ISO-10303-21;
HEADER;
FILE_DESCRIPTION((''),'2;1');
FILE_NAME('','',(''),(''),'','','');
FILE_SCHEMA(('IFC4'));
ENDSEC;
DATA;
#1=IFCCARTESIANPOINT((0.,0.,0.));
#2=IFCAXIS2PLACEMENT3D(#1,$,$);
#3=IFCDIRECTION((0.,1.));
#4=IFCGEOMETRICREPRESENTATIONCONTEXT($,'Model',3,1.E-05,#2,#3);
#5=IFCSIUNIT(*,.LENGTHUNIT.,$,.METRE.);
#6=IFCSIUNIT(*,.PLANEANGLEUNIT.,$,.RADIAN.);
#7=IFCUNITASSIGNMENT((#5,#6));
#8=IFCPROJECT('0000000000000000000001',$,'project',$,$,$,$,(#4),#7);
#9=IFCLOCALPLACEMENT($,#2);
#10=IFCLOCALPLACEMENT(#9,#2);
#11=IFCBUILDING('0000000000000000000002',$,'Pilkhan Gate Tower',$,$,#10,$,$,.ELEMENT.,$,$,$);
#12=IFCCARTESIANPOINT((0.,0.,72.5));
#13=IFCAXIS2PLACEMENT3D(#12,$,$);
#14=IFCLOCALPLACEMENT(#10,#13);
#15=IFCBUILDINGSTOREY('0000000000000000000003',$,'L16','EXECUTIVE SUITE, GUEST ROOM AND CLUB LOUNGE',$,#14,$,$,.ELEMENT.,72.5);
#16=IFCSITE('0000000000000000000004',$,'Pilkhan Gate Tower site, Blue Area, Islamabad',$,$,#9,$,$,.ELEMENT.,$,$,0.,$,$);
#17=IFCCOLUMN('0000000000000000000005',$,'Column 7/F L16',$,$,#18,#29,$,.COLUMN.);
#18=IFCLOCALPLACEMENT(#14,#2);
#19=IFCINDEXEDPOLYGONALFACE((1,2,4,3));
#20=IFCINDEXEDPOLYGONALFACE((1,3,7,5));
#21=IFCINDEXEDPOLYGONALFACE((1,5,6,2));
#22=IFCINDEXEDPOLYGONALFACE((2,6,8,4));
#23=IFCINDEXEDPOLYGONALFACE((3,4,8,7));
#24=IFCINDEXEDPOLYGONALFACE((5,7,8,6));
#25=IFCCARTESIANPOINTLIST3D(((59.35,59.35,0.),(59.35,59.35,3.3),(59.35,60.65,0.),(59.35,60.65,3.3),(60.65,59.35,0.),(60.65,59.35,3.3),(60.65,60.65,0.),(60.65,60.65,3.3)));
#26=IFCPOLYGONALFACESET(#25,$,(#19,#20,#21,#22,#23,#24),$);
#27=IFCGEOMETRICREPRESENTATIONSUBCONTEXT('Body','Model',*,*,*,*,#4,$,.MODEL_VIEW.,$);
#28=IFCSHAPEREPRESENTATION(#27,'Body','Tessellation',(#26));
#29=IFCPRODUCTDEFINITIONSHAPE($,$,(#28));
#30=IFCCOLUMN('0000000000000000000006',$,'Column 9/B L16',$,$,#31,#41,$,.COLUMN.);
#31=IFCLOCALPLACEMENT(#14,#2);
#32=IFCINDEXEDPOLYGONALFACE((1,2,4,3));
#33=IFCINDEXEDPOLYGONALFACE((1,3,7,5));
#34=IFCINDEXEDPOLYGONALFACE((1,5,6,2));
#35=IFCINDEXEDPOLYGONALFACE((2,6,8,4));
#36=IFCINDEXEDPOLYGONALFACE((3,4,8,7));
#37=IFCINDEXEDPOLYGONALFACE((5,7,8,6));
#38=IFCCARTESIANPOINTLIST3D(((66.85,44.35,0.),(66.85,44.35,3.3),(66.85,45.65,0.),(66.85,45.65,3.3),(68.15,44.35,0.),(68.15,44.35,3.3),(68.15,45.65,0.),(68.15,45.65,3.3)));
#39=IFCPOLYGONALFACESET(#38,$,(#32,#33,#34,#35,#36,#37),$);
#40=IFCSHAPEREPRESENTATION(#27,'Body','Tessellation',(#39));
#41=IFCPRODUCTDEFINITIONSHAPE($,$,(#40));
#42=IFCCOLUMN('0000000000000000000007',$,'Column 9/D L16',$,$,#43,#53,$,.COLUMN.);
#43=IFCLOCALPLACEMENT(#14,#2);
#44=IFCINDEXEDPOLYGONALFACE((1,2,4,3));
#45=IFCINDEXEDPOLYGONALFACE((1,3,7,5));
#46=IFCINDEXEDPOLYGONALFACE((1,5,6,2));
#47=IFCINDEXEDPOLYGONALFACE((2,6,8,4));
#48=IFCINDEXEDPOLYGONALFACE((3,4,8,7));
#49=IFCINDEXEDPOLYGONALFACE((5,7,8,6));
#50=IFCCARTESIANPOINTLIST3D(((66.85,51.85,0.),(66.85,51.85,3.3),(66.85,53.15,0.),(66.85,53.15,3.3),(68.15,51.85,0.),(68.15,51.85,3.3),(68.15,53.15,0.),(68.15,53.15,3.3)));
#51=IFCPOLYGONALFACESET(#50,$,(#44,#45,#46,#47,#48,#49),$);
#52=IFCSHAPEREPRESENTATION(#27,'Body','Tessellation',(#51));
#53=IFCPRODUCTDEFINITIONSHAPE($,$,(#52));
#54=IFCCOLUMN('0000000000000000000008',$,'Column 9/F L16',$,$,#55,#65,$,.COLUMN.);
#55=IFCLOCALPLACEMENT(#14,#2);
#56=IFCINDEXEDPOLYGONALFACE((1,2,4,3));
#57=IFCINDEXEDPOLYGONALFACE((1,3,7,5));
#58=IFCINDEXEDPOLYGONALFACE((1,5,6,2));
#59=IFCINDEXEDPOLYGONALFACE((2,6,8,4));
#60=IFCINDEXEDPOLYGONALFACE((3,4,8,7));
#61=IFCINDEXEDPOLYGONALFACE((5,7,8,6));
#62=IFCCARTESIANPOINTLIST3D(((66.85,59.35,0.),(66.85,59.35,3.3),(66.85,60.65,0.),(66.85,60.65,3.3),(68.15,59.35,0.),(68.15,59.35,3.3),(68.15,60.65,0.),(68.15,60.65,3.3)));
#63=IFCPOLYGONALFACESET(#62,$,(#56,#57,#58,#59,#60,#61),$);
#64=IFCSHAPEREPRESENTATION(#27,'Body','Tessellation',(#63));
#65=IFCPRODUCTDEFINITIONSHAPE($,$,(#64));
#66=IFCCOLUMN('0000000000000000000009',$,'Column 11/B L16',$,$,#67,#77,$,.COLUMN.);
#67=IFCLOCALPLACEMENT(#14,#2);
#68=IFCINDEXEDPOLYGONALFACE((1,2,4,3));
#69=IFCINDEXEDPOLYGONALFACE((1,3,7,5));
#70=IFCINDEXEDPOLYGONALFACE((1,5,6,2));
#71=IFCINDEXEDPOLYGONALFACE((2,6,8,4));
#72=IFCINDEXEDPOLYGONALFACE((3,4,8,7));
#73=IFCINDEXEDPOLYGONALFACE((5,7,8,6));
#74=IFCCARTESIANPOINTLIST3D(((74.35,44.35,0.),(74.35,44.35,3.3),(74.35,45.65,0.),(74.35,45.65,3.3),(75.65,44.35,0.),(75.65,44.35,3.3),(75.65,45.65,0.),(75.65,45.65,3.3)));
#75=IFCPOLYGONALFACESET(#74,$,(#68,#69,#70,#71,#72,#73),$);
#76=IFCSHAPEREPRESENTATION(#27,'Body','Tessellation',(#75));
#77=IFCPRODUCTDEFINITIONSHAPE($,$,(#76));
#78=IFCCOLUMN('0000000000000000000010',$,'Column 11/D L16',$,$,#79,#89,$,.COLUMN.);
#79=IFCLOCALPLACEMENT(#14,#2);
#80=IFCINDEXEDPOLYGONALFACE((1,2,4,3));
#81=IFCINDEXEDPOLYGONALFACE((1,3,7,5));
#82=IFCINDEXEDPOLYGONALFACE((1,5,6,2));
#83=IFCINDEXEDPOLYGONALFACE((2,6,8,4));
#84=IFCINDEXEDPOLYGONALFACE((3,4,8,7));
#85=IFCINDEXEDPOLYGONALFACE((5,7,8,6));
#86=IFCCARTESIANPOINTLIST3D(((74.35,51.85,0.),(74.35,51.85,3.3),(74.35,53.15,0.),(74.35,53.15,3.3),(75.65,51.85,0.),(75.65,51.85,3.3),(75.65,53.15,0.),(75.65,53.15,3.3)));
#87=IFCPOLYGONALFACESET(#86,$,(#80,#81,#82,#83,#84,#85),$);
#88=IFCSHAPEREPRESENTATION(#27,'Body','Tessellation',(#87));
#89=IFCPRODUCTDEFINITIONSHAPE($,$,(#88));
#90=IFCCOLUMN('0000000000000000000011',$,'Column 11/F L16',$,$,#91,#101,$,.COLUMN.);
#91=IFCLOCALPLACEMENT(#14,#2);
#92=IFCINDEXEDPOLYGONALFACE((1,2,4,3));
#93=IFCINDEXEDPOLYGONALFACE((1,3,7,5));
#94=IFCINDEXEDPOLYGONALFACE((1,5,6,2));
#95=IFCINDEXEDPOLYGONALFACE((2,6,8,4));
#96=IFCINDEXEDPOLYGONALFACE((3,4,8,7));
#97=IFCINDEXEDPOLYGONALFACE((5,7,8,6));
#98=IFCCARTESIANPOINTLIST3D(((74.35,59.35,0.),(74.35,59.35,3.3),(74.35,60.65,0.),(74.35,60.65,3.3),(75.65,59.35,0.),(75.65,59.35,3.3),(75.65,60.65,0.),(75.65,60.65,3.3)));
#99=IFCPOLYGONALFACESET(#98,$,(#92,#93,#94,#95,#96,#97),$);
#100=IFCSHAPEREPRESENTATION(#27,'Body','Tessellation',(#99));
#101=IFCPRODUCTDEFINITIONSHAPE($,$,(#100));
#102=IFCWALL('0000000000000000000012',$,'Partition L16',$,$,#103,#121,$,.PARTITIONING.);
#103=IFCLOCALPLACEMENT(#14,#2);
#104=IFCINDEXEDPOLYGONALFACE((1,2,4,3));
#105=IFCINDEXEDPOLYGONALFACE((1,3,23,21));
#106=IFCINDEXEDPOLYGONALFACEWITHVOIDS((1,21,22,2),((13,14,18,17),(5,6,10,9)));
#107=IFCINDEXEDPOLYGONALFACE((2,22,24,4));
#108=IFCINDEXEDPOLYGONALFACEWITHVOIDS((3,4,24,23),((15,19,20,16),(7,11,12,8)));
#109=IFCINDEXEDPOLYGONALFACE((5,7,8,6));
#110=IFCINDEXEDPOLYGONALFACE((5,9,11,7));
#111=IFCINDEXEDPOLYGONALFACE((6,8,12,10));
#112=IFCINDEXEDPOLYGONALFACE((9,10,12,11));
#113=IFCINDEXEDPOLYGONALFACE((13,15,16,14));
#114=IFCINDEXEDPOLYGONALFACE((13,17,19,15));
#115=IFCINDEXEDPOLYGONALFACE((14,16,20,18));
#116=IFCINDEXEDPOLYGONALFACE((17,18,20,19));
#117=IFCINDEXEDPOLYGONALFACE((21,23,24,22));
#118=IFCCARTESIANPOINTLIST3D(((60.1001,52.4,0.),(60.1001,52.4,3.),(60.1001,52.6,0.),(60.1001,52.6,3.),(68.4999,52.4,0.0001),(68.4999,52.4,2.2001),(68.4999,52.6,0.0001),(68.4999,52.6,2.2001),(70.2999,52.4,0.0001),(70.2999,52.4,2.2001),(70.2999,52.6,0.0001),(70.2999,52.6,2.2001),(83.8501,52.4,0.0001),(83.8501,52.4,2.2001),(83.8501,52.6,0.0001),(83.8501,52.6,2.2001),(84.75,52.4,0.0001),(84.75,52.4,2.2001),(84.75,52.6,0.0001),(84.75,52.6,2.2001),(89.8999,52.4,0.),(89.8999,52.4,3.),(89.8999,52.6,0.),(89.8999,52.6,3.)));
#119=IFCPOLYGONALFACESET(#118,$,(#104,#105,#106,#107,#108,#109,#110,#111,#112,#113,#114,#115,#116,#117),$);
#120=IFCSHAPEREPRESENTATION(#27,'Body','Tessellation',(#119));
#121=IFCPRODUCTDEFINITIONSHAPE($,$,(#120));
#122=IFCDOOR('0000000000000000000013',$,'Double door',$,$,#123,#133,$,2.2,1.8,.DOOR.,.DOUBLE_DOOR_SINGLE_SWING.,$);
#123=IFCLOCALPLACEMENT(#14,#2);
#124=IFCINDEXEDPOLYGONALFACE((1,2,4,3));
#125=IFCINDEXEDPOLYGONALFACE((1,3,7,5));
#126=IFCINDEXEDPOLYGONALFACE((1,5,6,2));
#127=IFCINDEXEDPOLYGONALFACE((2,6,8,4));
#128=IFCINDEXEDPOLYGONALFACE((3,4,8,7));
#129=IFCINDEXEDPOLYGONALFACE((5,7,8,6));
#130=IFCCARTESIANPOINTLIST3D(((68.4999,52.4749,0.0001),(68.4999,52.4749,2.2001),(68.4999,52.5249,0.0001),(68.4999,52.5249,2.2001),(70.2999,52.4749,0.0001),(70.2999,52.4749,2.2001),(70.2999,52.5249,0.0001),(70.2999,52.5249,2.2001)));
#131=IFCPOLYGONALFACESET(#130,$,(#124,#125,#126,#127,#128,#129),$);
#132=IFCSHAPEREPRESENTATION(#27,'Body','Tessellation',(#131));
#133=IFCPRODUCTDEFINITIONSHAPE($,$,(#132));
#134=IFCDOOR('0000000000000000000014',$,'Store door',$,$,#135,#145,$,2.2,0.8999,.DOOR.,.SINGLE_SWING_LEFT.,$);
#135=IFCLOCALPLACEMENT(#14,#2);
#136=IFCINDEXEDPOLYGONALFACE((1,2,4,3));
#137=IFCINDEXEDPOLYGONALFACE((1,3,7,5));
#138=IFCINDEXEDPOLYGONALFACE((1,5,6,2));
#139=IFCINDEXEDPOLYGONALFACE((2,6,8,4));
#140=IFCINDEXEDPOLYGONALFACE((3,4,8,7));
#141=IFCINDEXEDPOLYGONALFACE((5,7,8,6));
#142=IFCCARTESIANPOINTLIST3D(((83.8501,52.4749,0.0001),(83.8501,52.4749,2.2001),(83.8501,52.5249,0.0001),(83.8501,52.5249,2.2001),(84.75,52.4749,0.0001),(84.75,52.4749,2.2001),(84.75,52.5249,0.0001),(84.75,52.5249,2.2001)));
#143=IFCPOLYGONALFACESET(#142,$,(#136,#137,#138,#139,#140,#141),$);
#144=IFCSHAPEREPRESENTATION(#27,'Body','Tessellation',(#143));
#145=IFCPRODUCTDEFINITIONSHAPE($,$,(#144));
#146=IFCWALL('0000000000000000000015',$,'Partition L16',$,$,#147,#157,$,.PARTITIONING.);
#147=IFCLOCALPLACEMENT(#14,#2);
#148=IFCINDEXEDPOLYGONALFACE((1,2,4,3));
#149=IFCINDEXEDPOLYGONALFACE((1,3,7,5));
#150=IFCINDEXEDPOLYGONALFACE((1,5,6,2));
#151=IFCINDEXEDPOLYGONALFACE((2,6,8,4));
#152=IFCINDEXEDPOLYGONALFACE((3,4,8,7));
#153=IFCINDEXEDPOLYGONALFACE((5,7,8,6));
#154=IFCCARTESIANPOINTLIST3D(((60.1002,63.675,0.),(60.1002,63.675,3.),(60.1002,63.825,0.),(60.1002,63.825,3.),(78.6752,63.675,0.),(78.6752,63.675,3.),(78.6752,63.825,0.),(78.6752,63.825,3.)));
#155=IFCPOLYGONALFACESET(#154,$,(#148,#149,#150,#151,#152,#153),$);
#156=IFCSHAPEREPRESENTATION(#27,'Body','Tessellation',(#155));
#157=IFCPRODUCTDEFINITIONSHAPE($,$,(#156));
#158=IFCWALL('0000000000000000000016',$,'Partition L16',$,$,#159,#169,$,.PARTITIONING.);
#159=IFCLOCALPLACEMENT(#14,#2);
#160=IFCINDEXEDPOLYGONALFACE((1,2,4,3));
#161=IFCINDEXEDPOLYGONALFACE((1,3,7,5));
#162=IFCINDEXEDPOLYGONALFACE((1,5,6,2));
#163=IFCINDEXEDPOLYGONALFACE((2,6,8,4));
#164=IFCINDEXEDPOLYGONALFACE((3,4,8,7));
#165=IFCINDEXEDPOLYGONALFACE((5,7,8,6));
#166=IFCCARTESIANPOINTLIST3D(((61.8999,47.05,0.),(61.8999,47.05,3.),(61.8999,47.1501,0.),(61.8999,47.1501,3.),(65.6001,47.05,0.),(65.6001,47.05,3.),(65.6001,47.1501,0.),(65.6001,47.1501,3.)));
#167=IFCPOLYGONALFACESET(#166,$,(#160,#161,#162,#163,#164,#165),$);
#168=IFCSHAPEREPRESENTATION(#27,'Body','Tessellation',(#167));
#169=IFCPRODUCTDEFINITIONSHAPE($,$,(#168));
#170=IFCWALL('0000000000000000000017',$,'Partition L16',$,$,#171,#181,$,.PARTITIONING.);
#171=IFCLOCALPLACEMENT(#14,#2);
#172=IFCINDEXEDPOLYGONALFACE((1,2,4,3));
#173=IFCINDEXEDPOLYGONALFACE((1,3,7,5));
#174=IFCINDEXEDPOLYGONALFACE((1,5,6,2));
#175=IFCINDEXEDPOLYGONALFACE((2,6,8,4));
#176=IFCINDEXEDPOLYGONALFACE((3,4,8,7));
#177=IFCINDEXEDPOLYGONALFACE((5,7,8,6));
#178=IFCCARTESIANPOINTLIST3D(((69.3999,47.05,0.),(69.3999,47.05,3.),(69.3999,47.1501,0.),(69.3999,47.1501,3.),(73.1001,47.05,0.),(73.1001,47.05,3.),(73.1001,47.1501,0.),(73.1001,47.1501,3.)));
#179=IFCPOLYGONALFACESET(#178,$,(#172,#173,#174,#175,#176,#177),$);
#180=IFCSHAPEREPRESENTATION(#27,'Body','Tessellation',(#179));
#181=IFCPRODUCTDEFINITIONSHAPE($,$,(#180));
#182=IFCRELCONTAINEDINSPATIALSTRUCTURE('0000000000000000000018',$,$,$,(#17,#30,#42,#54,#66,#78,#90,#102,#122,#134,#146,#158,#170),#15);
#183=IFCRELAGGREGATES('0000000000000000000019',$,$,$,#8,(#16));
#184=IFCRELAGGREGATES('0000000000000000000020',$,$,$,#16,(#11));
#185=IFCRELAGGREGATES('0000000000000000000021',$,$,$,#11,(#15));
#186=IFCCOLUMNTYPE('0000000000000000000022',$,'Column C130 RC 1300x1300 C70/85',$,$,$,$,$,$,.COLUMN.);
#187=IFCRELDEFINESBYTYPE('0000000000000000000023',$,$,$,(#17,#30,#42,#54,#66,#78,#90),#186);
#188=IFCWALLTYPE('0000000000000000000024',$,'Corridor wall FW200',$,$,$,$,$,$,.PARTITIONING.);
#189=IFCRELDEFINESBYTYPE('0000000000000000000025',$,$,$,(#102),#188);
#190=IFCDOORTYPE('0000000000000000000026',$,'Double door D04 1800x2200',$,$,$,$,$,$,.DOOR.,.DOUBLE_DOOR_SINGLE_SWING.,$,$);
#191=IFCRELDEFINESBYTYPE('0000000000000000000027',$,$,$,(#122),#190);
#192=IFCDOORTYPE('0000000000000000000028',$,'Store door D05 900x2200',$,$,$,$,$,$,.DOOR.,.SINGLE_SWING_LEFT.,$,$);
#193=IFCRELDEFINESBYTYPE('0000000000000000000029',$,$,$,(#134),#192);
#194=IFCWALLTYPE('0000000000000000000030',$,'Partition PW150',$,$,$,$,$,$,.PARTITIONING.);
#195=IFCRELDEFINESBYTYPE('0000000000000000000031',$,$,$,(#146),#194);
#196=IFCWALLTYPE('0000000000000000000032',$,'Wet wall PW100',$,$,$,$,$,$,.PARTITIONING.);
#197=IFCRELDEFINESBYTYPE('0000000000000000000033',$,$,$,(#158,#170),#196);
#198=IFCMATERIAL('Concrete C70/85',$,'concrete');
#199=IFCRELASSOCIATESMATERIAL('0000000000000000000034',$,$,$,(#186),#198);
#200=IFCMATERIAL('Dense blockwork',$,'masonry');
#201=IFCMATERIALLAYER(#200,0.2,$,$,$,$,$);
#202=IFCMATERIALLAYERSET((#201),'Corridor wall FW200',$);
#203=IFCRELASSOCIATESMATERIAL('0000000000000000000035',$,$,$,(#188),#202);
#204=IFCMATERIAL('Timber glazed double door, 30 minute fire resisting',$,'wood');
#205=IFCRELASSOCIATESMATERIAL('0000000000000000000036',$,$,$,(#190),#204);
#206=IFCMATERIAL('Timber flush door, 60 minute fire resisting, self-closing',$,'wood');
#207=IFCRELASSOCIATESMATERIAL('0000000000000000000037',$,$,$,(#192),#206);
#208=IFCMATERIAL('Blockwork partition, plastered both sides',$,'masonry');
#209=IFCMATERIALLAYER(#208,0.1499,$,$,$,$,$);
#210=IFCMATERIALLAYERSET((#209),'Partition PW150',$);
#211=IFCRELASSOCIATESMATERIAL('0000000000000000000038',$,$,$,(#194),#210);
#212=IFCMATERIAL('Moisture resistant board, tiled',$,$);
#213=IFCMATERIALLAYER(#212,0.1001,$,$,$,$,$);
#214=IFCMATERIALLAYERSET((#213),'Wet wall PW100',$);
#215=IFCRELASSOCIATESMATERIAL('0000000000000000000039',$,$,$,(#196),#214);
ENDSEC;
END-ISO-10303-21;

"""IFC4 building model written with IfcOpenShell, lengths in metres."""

from ifc_helpers import new_model, si_unit, direction, frame, frame_2d, origin, origin_2d, place, context, subcontext, project, spatial, rectangle, extrude, material, layer, layer_set, material_profile, profile_set, type_object, element, fill, save


model = new_model("IFC4")

# Units and contexts
model_context = context("Model", 3, precision=1e-05, world=origin(), true_north=direction((0.0, 1.0)))
body_context = subcontext(model_context, "Body", "Model", "MODEL_VIEW")
ifc_project = project(units=[si_unit("LENGTHUNIT", "METRE"), si_unit("PLANEANGLEUNIT", "RADIAN")], contexts=[model_context])

# Site, building, storey
site_placement = place(None, origin())
site = spatial("IfcSite", under=ifc_project, at=site_placement, Name="Pilkhan Gate Tower site, Blue Area, Islamabad", CompositionType="ELEMENT", RefElevation=0.0)
building_placement = place(site_placement, origin())
building = spatial("IfcBuilding", under=site, at=building_placement, Name="Pilkhan Gate Tower", CompositionType="ELEMENT")
storey_placement = place(building_placement, frame((0.0, 0.0, 72.5)))
storey = spatial("IfcBuildingStorey", under=building, at=storey_placement, Name="L16", Description="EXECUTIVE SUITE, GUEST ROOM AND CLUB LOUNGE", CompositionType="ELEMENT", Elevation=72.5)

# Columns
ifc_material_1 = material(Name="Concrete C70/85", Category="concrete")
ifc_material_profile = material_profile(ifc_material_1, rectangle(XDim=1.3, YDim=1.3, at=origin_2d()), Name="RC 1300x1300")
ifc_profile_set = profile_set([ifc_material_profile], Name="Concrete C70/85")
column_type = type_object("IfcColumnType", Name="Column C130 RC 1300x1300 C70/85", PredefinedType="COLUMN", material=ifc_profile_set)
for number, where, z_axis, x_axis, name in (
    (1, (60.0, 60.0, 0.0), (0.0, 0.0, 1.0), (1.0, 0.0, 0.0), "Column 7/F L16"),
    (2, (67.5, 45.0, 0.0), (0.0, 0.0, 1.0), (1.0, 0.0, 0.0), "Column 9/B L16"),
    (3, (67.5, 52.5, 0.0), (0.0, 0.0, 1.0), (1.0, 0.0, 0.0), "Column 9/D L16"),
    (4, (67.5, 60.0, 0.0), (0.0, 0.0, 1.0), (1.0, 0.0, 0.0), "Column 9/F L16"),
    (5, (75.0, 45.0, 0.0), (0.0, 0.0, 1.0), (1.0, 0.0, 0.0), "Column 11/B L16"),
    (6, (75.0, 52.5, 0.0), (0.0, 0.0, 1.0), (1.0, 0.0, 0.0), "Column 11/D L16"),
    (7, (75.0, 60.0, 0.0), (0.0, 0.0, 1.0), (1.0, 0.0, 0.0), "Column 11/F L16"),
):
    element("IfcColumn", number, at=place(storey_placement, frame(where, z_axis=z_axis, x_axis=x_axis)), inside=storey, type_object=column_type, Name=name, PredefinedType="COLUMN", context=body_context, shape_type="SweptSolid", body=[
        extrude(rectangle(XDim=1.3, YDim=1.3, at=origin_2d()), origin(), (0.0, 0.0, 1.0), 3.3),
    ])

# Wall, openings, doors
ifc_material_2 = material(Name="Dense blockwork", Category="masonry")
ifc_layer_1 = layer(ifc_material_2, 0.2)
ifc_layer_set_1 = layer_set([ifc_layer_1], Name="Corridor wall FW200")
wall_type_1 = type_object("IfcWallType", Name="Corridor wall FW200", PredefinedType="PARTITIONING", material=ifc_layer_set_1)
wall_1_placement = place(storey_placement, frame((60.1001, 52.5, 0.0), z_axis=(0.0, 0.0, 1.0), x_axis=(1.0, 0.0, 0.0)))
wall_1 = element("IfcWall", 8, at=wall_1_placement, inside=storey, type_object=wall_type_1, Name="Partition L16", PredefinedType="PARTITIONING", context=body_context, shape_type="SweptSolid", body=[
    extrude(rectangle(XDim=29.7998, YDim=0.2, at=frame_2d((14.8999, 0.0))), origin(), (0.0, 0.0, 1.0), 3.0),
])
opening_1_placement = place(wall_1_placement, frame((8.3999, 0.0, 0.0)))
opening_1 = element("IfcOpeningElement", 9, at=opening_1_placement, cuts=wall_1, PredefinedType="OPENING", context=body_context, shape_type="SweptSolid", body=[
    extrude(rectangle(XDim=1.8, YDim=2.2, at=frame_2d((0.8999, 1.1001))), frame((0.0, 0.1099, 0.0), z_axis=(0.0, -1.0, 0.0), x_axis=(1.0, 0.0, 0.0)), (0.0, 0.0, 1.0), 0.22),
])
opening_2_placement = place(wall_1_placement, frame((23.75, 0.0, 0.0)))
opening_2 = element("IfcOpeningElement", 10, at=opening_2_placement, cuts=wall_1, PredefinedType="OPENING", context=body_context, shape_type="SweptSolid", body=[
    extrude(rectangle(XDim=0.8999, YDim=2.2, at=frame_2d((0.45, 1.1001))), frame((0.0, 0.1099, 0.0), z_axis=(0.0, -1.0, 0.0), x_axis=(1.0, 0.0, 0.0)), (0.0, 0.0, 1.0), 0.22),
])
ifc_material_3 = material(Name="Timber glazed double door, 30 minute fire resisting", Category="wood")
door_type_1 = type_object("IfcDoorType", Name="Double door D04 1800x2200", OperationType="DOUBLE_DOOR_SINGLE_SWING", PredefinedType="DOOR", material=ifc_material_3)
door_1_placement = place(opening_1_placement, origin())
door_1 = element("IfcDoor", 11, at=door_1_placement, inside=storey, type_object=door_type_1, Name="Double door", OperationType="DOUBLE_DOOR_SINGLE_SWING", OverallHeight=2.2, OverallWidth=1.8, PredefinedType="DOOR", context=body_context, shape_type="SweptSolid", body=[
    extrude(rectangle(XDim=1.8, YDim=2.2, at=frame_2d((0.8999, 1.1001))), frame((0.0, 0.0249, 0.0), z_axis=(0.0, -1.0, 0.0), x_axis=(1.0, 0.0, 0.0)), (0.0, 0.0, 1.0), 0.05),
])
fill(opening_1, door_1)
ifc_material_4 = material(Name="Timber flush door, 60 minute fire resisting, self-closing", Category="wood")
door_type_2 = type_object("IfcDoorType", Name="Store door D05 900x2200", OperationType="SINGLE_SWING_LEFT", PredefinedType="DOOR", material=ifc_material_4)
door_2_placement = place(opening_2_placement, origin())
door_2 = element("IfcDoor", 12, at=door_2_placement, inside=storey, type_object=door_type_2, Name="Store door", OperationType="SINGLE_SWING_LEFT", OverallHeight=2.2, OverallWidth=0.8999, PredefinedType="DOOR", context=body_context, shape_type="SweptSolid", body=[
    extrude(rectangle(XDim=0.8999, YDim=2.2, at=frame_2d((0.45, 1.1001))), frame((0.0, 0.0249, 0.0), z_axis=(0.0, -1.0, 0.0), x_axis=(1.0, 0.0, 0.0)), (0.0, 0.0, 1.0), 0.05),
])
fill(opening_2, door_2)

# Walls
ifc_material_5 = material(Name="Blockwork partition, plastered both sides", Category="masonry")
ifc_layer_2 = layer(ifc_material_5, 0.1499)
ifc_layer_set_2 = layer_set([ifc_layer_2], Name="Partition PW150")
wall_type_2 = type_object("IfcWallType", Name="Partition PW150", PredefinedType="PARTITIONING", material=ifc_layer_set_2)
wall_2_placement = place(storey_placement, frame((60.1001, 63.75, 0.0), z_axis=(0.0, 0.0, 1.0), x_axis=(1.0, 0.0, 0.0)))
element("IfcWall", 13, at=wall_2_placement, inside=storey, type_object=wall_type_2, Name="Partition L16", PredefinedType="PARTITIONING", context=body_context, shape_type="SweptSolid", body=[
    extrude(rectangle(XDim=18.575, YDim=0.1499, at=frame_2d((9.2876, 0.0))), origin(), (0.0, 0.0, 1.0), 3.0),
])
ifc_material_6 = material(Name="Moisture resistant board, tiled")
ifc_layer_3 = layer(ifc_material_6, 0.1001)
ifc_layer_set_3 = layer_set([ifc_layer_3], Name="Wet wall PW100")
wall_type_3 = type_object("IfcWallType", Name="Wet wall PW100", PredefinedType="PARTITIONING", material=ifc_layer_set_3)
for number, where, z_axis, x_axis, name in (
    (14, (61.8999, 47.1001, 0.0), (0.0, 0.0, 1.0), (1.0, 0.0, 0.0), "Partition L16"),
    (15, (69.3999, 47.1001, 0.0), (0.0, 0.0, 1.0), (1.0, 0.0, 0.0), "Partition L16"),
):
    element("IfcWall", number, at=place(storey_placement, frame(where, z_axis=z_axis, x_axis=x_axis)), inside=storey, type_object=wall_type_3, Name=name, PredefinedType="PARTITIONING", context=body_context, shape_type="SweptSolid", body=[
        extrude(rectangle(XDim=3.7002, YDim=0.1001, at=frame_2d((1.8501, 0.0))), origin(), (0.0, 0.0, 1.0), 3.0),
    ])

save(model, "model.ifc")
